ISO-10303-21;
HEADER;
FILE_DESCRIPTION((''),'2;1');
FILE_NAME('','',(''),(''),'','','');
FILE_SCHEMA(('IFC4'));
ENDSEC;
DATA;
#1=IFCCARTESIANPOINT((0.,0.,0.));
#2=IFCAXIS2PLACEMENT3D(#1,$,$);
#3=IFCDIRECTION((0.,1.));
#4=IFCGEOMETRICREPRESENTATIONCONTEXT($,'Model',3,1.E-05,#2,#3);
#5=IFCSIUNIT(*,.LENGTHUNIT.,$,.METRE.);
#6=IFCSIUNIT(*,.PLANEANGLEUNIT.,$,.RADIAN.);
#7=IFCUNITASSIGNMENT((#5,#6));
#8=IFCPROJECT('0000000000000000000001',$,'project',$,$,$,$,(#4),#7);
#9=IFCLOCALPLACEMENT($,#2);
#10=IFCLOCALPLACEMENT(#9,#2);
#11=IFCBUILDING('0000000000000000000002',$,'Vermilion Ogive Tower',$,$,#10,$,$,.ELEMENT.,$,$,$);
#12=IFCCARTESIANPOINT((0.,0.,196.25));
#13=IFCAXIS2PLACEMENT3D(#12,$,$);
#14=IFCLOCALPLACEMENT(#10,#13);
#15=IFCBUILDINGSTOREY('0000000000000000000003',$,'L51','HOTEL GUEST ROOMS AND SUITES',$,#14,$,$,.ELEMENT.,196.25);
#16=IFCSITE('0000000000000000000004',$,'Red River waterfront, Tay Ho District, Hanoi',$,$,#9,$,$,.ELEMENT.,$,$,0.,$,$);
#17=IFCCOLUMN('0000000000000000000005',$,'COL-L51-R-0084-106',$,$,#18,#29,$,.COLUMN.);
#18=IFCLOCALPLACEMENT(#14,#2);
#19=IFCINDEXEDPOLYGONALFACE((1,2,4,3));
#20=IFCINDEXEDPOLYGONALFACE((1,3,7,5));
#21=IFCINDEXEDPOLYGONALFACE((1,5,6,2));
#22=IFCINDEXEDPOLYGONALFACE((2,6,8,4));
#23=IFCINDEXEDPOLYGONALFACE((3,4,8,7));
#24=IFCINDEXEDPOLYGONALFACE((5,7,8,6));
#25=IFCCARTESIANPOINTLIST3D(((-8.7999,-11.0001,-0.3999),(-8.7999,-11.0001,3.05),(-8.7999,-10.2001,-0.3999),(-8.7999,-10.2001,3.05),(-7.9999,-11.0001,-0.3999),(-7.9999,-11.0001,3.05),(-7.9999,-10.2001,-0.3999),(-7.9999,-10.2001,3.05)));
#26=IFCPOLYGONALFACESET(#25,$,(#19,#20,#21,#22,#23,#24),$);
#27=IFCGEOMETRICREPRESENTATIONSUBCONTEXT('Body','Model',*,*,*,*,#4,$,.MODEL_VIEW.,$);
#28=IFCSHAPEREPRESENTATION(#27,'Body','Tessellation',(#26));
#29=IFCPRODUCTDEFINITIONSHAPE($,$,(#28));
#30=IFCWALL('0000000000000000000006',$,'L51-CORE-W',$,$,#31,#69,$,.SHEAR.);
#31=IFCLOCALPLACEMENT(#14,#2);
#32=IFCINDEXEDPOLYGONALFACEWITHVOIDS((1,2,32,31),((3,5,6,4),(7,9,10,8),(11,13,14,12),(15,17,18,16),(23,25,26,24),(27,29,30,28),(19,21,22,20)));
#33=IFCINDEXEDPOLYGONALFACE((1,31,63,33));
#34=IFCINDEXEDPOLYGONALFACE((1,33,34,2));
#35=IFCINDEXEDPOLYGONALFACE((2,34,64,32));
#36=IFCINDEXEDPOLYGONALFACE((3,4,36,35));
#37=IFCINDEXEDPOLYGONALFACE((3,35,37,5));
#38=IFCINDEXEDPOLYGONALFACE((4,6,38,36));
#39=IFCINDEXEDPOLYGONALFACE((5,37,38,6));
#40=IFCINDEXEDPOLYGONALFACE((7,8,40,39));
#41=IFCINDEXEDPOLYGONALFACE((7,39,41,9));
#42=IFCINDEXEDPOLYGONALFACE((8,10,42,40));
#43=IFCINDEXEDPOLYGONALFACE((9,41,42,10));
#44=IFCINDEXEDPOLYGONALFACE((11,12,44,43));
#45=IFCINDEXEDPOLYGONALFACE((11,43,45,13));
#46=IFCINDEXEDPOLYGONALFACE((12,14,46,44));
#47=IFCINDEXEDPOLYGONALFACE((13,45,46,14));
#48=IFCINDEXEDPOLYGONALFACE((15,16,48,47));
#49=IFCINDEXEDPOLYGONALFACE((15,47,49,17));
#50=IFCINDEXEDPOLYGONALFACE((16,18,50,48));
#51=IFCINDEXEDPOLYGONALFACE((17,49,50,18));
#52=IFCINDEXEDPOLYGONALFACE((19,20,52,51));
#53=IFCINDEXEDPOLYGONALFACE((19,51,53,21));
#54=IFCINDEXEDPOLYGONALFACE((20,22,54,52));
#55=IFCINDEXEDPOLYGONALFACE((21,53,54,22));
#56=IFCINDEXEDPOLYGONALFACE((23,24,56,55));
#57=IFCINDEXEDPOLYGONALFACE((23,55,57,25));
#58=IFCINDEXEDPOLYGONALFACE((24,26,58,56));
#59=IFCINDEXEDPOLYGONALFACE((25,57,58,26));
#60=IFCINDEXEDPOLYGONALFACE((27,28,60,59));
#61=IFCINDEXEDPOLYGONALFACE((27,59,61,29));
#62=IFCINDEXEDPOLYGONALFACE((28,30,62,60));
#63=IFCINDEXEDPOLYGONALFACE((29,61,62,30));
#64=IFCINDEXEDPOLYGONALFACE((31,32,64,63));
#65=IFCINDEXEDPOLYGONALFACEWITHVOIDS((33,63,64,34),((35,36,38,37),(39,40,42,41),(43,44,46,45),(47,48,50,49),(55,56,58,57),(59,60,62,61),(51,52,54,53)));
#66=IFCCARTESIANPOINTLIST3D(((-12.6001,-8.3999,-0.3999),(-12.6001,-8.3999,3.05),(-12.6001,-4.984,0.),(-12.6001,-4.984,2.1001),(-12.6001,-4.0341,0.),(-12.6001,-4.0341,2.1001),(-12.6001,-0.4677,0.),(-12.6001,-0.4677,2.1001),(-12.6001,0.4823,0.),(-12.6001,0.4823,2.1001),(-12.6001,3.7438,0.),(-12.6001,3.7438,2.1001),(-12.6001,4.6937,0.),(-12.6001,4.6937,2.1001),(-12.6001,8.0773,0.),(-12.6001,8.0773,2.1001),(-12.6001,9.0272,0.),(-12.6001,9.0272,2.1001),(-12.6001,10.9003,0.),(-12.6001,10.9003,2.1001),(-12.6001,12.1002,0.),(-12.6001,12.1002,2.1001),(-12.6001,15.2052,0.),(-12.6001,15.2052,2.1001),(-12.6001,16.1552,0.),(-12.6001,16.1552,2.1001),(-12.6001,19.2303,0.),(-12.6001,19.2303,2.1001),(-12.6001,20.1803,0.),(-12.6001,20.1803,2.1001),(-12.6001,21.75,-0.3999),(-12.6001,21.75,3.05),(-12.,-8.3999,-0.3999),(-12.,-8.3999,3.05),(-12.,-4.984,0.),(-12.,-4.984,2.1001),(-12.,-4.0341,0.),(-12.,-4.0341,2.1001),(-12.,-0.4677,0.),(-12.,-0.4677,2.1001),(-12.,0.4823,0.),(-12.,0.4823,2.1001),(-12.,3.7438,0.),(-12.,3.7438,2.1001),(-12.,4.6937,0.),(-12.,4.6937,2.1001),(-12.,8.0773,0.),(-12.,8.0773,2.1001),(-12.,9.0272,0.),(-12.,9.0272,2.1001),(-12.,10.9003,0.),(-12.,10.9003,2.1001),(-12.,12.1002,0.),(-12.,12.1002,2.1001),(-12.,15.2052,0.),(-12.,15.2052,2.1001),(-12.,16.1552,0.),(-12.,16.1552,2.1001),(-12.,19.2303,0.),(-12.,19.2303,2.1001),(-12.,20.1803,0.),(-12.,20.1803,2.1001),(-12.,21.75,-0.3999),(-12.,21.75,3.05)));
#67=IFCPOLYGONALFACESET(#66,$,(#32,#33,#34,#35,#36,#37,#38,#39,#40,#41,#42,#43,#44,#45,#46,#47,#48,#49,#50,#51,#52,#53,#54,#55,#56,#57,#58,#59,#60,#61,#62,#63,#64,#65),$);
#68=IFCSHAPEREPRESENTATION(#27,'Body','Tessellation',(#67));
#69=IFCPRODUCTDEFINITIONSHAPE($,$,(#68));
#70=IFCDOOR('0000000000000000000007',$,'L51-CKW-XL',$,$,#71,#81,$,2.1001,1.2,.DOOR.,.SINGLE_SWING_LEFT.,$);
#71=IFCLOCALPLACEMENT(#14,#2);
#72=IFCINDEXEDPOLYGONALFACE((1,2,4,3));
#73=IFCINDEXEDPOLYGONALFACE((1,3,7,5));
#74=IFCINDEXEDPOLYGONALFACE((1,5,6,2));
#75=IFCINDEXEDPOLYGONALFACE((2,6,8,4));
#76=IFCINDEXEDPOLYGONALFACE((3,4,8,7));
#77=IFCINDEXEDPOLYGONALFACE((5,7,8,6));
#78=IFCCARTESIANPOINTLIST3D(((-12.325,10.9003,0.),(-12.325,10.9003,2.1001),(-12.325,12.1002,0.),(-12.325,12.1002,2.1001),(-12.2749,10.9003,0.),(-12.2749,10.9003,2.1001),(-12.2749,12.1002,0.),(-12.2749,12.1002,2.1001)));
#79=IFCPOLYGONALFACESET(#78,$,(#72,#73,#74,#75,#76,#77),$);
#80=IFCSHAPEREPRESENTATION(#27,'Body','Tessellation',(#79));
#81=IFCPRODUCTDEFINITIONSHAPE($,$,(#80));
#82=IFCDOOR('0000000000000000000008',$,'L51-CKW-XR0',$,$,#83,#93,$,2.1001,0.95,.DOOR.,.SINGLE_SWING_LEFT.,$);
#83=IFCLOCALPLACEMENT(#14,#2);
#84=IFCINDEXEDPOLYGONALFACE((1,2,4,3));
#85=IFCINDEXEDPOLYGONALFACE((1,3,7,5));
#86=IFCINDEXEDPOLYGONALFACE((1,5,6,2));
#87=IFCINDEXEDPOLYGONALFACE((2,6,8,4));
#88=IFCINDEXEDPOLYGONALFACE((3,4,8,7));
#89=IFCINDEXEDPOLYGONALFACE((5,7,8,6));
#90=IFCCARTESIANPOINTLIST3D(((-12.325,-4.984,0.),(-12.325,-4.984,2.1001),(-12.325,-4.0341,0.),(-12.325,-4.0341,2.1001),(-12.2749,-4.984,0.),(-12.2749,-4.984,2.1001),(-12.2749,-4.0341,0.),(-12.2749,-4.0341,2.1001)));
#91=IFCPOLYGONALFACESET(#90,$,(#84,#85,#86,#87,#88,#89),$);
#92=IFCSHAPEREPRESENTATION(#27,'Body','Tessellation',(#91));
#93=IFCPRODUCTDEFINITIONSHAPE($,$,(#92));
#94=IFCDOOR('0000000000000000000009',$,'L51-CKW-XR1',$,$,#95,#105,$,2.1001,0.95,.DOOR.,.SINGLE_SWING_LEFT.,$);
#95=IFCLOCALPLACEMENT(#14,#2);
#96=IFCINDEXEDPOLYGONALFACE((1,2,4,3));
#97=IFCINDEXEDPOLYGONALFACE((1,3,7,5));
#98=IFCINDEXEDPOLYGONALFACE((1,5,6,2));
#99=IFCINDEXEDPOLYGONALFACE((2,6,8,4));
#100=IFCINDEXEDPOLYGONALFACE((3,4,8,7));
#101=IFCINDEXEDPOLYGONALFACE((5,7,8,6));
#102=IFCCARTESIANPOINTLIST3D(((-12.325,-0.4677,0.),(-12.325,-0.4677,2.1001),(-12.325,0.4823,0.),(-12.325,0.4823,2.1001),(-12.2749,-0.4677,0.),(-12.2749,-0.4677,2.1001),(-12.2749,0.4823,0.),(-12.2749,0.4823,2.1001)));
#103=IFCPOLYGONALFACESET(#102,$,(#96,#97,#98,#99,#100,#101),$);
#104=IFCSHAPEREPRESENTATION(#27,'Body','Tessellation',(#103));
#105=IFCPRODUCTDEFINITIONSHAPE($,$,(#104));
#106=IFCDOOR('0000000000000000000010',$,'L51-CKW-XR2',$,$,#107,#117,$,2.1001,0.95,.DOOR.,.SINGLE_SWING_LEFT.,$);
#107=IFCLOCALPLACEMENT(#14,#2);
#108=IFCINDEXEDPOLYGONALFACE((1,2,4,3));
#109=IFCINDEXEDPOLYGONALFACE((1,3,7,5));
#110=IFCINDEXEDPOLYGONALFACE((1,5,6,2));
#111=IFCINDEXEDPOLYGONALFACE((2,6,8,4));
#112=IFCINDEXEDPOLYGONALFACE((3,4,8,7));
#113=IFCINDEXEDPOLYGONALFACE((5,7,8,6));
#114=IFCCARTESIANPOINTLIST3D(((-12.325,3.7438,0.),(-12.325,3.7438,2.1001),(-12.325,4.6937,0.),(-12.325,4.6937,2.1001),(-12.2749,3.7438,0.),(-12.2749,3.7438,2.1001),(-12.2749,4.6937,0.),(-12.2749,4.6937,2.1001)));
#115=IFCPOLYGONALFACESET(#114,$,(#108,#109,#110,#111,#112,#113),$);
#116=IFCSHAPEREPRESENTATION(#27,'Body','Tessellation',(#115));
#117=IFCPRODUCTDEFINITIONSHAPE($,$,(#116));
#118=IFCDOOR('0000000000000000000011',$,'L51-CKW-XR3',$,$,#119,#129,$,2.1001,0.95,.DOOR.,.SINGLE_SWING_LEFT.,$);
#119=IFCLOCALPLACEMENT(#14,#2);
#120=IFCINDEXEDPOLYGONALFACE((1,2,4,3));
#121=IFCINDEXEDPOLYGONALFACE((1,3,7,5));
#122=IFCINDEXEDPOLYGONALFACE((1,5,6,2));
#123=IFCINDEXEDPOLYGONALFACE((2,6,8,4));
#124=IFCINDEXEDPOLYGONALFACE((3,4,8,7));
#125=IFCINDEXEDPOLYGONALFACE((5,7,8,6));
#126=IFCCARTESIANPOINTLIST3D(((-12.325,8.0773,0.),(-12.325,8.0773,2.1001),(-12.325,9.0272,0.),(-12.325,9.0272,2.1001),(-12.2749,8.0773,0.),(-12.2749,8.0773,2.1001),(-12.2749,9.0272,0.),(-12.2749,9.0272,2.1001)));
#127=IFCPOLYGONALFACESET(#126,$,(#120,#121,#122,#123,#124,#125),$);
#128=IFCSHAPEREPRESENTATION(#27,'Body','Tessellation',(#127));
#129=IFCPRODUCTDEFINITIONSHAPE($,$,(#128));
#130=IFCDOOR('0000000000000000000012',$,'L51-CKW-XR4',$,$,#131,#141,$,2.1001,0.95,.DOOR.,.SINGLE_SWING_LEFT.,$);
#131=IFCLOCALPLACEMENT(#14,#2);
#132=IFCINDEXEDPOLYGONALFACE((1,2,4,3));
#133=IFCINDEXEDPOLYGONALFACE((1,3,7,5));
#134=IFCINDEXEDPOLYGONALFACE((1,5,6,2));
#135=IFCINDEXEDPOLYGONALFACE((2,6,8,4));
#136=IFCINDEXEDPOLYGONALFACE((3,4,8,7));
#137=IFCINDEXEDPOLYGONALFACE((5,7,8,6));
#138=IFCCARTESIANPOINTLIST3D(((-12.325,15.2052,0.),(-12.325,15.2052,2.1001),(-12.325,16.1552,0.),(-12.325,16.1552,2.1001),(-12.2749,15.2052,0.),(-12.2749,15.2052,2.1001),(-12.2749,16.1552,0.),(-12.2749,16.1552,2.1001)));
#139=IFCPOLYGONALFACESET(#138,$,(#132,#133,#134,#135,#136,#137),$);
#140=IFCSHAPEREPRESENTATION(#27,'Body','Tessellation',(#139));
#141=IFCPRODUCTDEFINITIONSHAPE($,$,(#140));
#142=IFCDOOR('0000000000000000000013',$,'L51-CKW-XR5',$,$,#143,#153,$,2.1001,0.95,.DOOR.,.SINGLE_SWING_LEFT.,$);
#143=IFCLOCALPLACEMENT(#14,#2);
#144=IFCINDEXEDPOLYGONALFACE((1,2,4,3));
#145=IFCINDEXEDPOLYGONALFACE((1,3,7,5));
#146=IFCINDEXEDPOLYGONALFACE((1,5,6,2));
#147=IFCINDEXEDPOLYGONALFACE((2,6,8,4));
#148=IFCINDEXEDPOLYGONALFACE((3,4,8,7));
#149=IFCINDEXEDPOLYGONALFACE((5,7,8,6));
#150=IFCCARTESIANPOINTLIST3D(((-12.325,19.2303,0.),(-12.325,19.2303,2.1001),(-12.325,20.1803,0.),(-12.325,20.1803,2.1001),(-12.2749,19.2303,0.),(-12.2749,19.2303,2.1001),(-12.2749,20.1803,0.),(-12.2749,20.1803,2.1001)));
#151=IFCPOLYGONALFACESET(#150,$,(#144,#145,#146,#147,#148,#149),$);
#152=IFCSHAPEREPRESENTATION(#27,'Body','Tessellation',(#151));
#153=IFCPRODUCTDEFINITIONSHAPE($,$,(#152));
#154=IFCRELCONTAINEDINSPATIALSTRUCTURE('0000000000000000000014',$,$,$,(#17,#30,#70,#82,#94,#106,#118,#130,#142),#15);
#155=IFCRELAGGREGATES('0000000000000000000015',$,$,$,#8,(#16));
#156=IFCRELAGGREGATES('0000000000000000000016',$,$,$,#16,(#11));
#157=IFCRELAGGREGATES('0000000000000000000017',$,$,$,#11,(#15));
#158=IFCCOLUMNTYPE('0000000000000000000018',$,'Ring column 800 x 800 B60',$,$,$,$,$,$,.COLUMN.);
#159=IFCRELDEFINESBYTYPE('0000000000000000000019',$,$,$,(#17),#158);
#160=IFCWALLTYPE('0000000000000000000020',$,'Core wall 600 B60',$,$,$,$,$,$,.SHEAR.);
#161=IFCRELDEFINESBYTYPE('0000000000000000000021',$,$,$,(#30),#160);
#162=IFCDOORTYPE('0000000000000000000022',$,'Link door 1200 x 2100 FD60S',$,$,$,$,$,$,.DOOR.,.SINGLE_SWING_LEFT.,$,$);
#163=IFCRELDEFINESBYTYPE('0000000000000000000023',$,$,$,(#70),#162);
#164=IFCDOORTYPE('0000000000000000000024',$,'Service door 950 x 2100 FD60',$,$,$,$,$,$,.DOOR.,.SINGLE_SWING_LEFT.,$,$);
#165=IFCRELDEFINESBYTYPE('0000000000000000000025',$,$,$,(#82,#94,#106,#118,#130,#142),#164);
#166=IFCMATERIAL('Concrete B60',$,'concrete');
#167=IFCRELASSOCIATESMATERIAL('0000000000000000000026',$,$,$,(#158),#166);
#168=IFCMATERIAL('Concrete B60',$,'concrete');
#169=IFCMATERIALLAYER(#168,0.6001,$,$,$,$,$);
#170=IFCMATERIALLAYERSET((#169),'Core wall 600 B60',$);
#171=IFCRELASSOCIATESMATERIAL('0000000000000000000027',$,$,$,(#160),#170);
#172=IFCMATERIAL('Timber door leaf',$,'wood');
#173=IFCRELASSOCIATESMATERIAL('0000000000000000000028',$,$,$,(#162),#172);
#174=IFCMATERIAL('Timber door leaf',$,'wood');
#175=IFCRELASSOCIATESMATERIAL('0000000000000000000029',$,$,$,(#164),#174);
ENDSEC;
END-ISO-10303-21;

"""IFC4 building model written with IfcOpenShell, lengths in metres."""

from ifc_helpers import new_model, si_unit, direction, frame, frame_2d, origin, origin_2d, place, context, subcontext, project, spatial, rectangle, extrude, material, layer, layer_set, material_profile, profile_set, type_object, element, fill, save


model = new_model("IFC4")

# Units and contexts
model_context = context("Model", 3, precision=1e-05, world=origin(), true_north=direction((0.0, 1.0)))
body_context = subcontext(model_context, "Body", "Model", "MODEL_VIEW")
ifc_project = project(units=[si_unit("LENGTHUNIT", "METRE"), si_unit("PLANEANGLEUNIT", "RADIAN")], contexts=[model_context])

# Site, building, storey
site_placement = place(None, origin())
site = spatial("IfcSite", under=ifc_project, at=site_placement, Name="Red River waterfront, Tay Ho District, Hanoi", CompositionType="ELEMENT", RefElevation=0.0)
building_placement = place(site_placement, origin())
building = spatial("IfcBuilding", under=site, at=building_placement, Name="Vermilion Ogive Tower", CompositionType="ELEMENT")
storey_placement = place(building_placement, frame((0.0, 0.0, 196.25)))
storey = spatial("IfcBuildingStorey", under=building, at=storey_placement, Name="L51", Description="HOTEL GUEST ROOMS AND SUITES", CompositionType="ELEMENT", Elevation=196.25)

# Column
ifc_material_1 = material(Name="Concrete B60", Category="concrete")
ifc_material_profile = material_profile(ifc_material_1, rectangle(XDim=0.8, YDim=0.8, at=origin_2d()), Name="800 x 800")
ifc_profile_set = profile_set([ifc_material_profile], Name="Concrete B60")
column_type = type_object("IfcColumnType", Name="Ring column 800 x 800 B60", PredefinedType="COLUMN", material=ifc_profile_set)
column_placement = place(storey_placement, frame((-8.3999, -10.6001, -0.3999), z_axis=(0.0, 0.0, 1.0), x_axis=(1.0, 0.0, 0.0)))
element("IfcColumn", 1, at=column_placement, inside=storey, type_object=column_type, Name="COL-L51-R-0084-106", PredefinedType="COLUMN", context=body_context, shape_type="SweptSolid", body=[
    extrude(rectangle(XDim=0.8, YDim=0.8, at=origin_2d()), origin(), (0.0, 0.0, 1.0), 3.45),
])

# Wall, openings, doors
ifc_material_2 = material(Name="Concrete B60", Category="concrete")
ifc_layer_1 = layer(ifc_material_2, 0.6001)
ifc_layer_set_1 = layer_set([ifc_layer_1], Name="Core wall 600 B60")
wall_type_1 = type_object("IfcWallType", Name="Core wall 600 B60", PredefinedType="SHEAR", material=ifc_layer_set_1)
wall_1_placement = place(storey_placement, frame((-12.3, -8.3999, -0.3999), z_axis=(0.0, 0.0, 1.0), x_axis=(0.0, 1.0, 0.0)))
wall_1 = element("IfcWall", 2, at=wall_1_placement, inside=storey, type_object=wall_type_1, Name="L51-CORE-W", PredefinedType="SHEAR", context=body_context, shape_type="SweptSolid", body=[
    extrude(rectangle(XDim=30.1499, YDim=0.6001, at=frame_2d((15.075, 0.0))), origin(), (0.0, 0.0, 1.0), 3.45),
])
opening_1_placement = place(wall_1_placement, frame((3.4158, 0.0, 0.3999)))
opening_1 = element("IfcOpeningElement", 3, at=opening_1_placement, cuts=wall_1, PredefinedType="OPENING", context=body_context, shape_type="SweptSolid", body=[
    extrude(rectangle(XDim=0.95, YDim=2.1001, at=frame_2d((0.4751, 1.05))), frame((0.0, 0.3101, 0.0), z_axis=(0.0, -1.0, 0.0), x_axis=(1.0, 0.0, 0.0)), (0.0, 0.0, 1.0), 0.6201),
])
opening_2_placement = place(wall_1_placement, frame((7.9321, 0.0, 0.3999)))
opening_2 = element("IfcOpeningElement", 4, at=opening_2_placement, cuts=wall_1, PredefinedType="OPENING", context=body_context, shape_type="SweptSolid", body=[
    extrude(rectangle(XDim=0.95, YDim=2.1001, at=frame_2d((0.4751, 1.05))), frame((0.0, 0.3101, 0.0), z_axis=(0.0, -1.0, 0.0), x_axis=(1.0, 0.0, 0.0)), (0.0, 0.0, 1.0), 0.6201),
])
opening_3_placement = place(wall_1_placement, frame((12.1436, 0.0, 0.3999)))
opening_3 = element("IfcOpeningElement", 5, at=opening_3_placement, cuts=wall_1, PredefinedType="OPENING", context=body_context, shape_type="SweptSolid", body=[
    extrude(rectangle(XDim=0.95, YDim=2.1001, at=frame_2d((0.4751, 1.05))), frame((0.0, 0.3101, 0.0), z_axis=(0.0, -1.0, 0.0), x_axis=(1.0, 0.0, 0.0)), (0.0, 0.0, 1.0), 0.6201),
])
opening_4_placement = place(wall_1_placement, frame((16.4771, 0.0, 0.3999)))
opening_4 = element("IfcOpeningElement", 6, at=opening_4_placement, cuts=wall_1, PredefinedType="OPENING", context=body_context, shape_type="SweptSolid", body=[
    extrude(rectangle(XDim=0.95, YDim=2.1001, at=frame_2d((0.4751, 1.05))), frame((0.0, 0.3101, 0.0), z_axis=(0.0, -1.0, 0.0), x_axis=(1.0, 0.0, 0.0)), (0.0, 0.0, 1.0), 0.6201),
])
opening_5_placement = place(wall_1_placement, frame((23.605, 0.0, 0.3999)))
opening_5 = element("IfcOpeningElement", 7, at=opening_5_placement, cuts=wall_1, PredefinedType="OPENING", context=body_context, shape_type="SweptSolid", body=[
    extrude(rectangle(XDim=0.95, YDim=2.1001, at=frame_2d((0.4751, 1.05))), frame((0.0, 0.3101, 0.0), z_axis=(0.0, -1.0, 0.0), x_axis=(1.0, 0.0, 0.0)), (0.0, 0.0, 1.0), 0.6201),
])
opening_6_placement = place(wall_1_placement, frame((27.6301, 0.0, 0.3999)))
opening_6 = element("IfcOpeningElement", 8, at=opening_6_placement, cuts=wall_1, PredefinedType="OPENING", context=body_context, shape_type="SweptSolid", body=[
    extrude(rectangle(XDim=0.95, YDim=2.1001, at=frame_2d((0.4751, 1.05))), frame((0.0, 0.3101, 0.0), z_axis=(0.0, -1.0, 0.0), x_axis=(1.0, 0.0, 0.0)), (0.0, 0.0, 1.0), 0.6201),
])
opening_7_placement = place(wall_1_placement, frame((19.3, 0.0, 0.3999)))
opening_7 = element("IfcOpeningElement", 9, at=opening_7_placement, cuts=wall_1, PredefinedType="OPENING", context=body_context, shape_type="SweptSolid", body=[
    extrude(rectangle(XDim=1.2, YDim=2.1001, at=frame_2d((0.6001, 1.05))), frame((0.0, 0.3101, 0.0), z_axis=(0.0, -1.0, 0.0), x_axis=(1.0, 0.0, 0.0)), (0.0, 0.0, 1.0), 0.6201),
])
ifc_material_3 = material(Name="Timber door leaf", Category="wood")
door_type_1 = type_object("IfcDoorType", Name="Link door 1200 x 2100 FD60S", OperationType="SINGLE_SWING_LEFT", PredefinedType="DOOR", material=ifc_material_3)
door_1_placement = place(opening_7_placement, origin())
door_1 = element("IfcDoor", 10, at=door_1_placement, inside=storey, type_object=door_type_1, Name="L51-CKW-XL", OperationType="SINGLE_SWING_LEFT", OverallHeight=2.1001, OverallWidth=1.2, PredefinedType="DOOR", context=body_context, shape_type="SweptSolid", body=[
    extrude(rectangle(XDim=1.2, YDim=2.1001, at=frame_2d((0.6001, 1.05))), frame((0.0, 0.0249, 0.0), z_axis=(0.0, -1.0, 0.0), x_axis=(1.0, 0.0, 0.0)), (0.0, 0.0, 1.0), 0.05),
])
fill(opening_7, door_1)
ifc_material_4 = material(Name="Timber door leaf", Category="wood")
door_type_2 = type_object("IfcDoorType", Name="Service door 950 x 2100 FD60", OperationType="SINGLE_SWING_LEFT", PredefinedType="DOOR", material=ifc_material_4)
door_2_placement = place(opening_1_placement, origin())
door_2 = element("IfcDoor", 11, at=door_2_placement, inside=storey, type_object=door_type_2, Name="L51-CKW-XR0", OperationType="SINGLE_SWING_LEFT", OverallHeight=2.1001, OverallWidth=0.95, PredefinedType="DOOR", context=body_context, shape_type="SweptSolid", body=[
    extrude(rectangle(XDim=0.95, YDim=2.1001, at=frame_2d((0.4751, 1.05))), frame((0.0, 0.0249, 0.0), z_axis=(0.0, -1.0, 0.0), x_axis=(1.0, 0.0, 0.0)), (0.0, 0.0, 1.0), 0.05),
])
fill(opening_1, door_2)
door_3_placement = place(opening_2_placement, origin())
door_3 = element("IfcDoor", 12, at=door_3_placement, inside=storey, type_object=door_type_2, Name="L51-CKW-XR1", OperationType="SINGLE_SWING_LEFT", OverallHeight=2.1001, OverallWidth=0.95, PredefinedType="DOOR", context=body_context, shape_type="SweptSolid", body=[
    extrude(rectangle(XDim=0.95, YDim=2.1001, at=frame_2d((0.4751, 1.05))), frame((0.0, 0.0249, 0.0), z_axis=(0.0, -1.0, 0.0), x_axis=(1.0, 0.0, 0.0)), (0.0, 0.0, 1.0), 0.05),
])
fill(opening_2, door_3)
door_4_placement = place(opening_3_placement, origin())
door_4 = element("IfcDoor", 13, at=door_4_placement, inside=storey, type_object=door_type_2, Name="L51-CKW-XR2", OperationType="SINGLE_SWING_LEFT", OverallHeight=2.1001, OverallWidth=0.95, PredefinedType="DOOR", context=body_context, shape_type="SweptSolid", body=[
    extrude(rectangle(XDim=0.95, YDim=2.1001, at=frame_2d((0.4751, 1.05))), frame((0.0, 0.0249, 0.0), z_axis=(0.0, -1.0, 0.0), x_axis=(1.0, 0.0, 0.0)), (0.0, 0.0, 1.0), 0.05),
])
fill(opening_3, door_4)
door_5_placement = place(opening_4_placement, origin())
door_5 = element("IfcDoor", 14, at=door_5_placement, inside=storey, type_object=door_type_2, Name="L51-CKW-XR3", OperationType="SINGLE_SWING_LEFT", OverallHeight=2.1001, OverallWidth=0.95, PredefinedType="DOOR", context=body_context, shape_type="SweptSolid", body=[
    extrude(rectangle(XDim=0.95, YDim=2.1001, at=frame_2d((0.4751, 1.05))), frame((0.0, 0.0249, 0.0), z_axis=(0.0, -1.0, 0.0), x_axis=(1.0, 0.0, 0.0)), (0.0, 0.0, 1.0), 0.05),
])
fill(opening_4, door_5)
door_6_placement = place(opening_5_placement, origin())
door_6 = element("IfcDoor", 15, at=door_6_placement, inside=storey, type_object=door_type_2, Name="L51-CKW-XR4", OperationType="SINGLE_SWING_LEFT", OverallHeight=2.1001, OverallWidth=0.95, PredefinedType="DOOR", context=body_context, shape_type="SweptSolid", body=[
    extrude(rectangle(XDim=0.95, YDim=2.1001, at=frame_2d((0.4751, 1.05))), frame((0.0, 0.0249, 0.0), z_axis=(0.0, -1.0, 0.0), x_axis=(1.0, 0.0, 0.0)), (0.0, 0.0, 1.0), 0.05),
])
fill(opening_5, door_6)
door_7_placement = place(opening_6_placement, origin())
door_7 = element("IfcDoor", 16, at=door_7_placement, inside=storey, type_object=door_type_2, Name="L51-CKW-XR5", OperationType="SINGLE_SWING_LEFT", OverallHeight=2.1001, OverallWidth=0.95, PredefinedType="DOOR", context=body_context, shape_type="SweptSolid", body=[
    extrude(rectangle(XDim=0.95, YDim=2.1001, at=frame_2d((0.4751, 1.05))), frame((0.0, 0.0249, 0.0), z_axis=(0.0, -1.0, 0.0), x_axis=(1.0, 0.0, 0.0)), (0.0, 0.0, 1.0), 0.05),
])
fill(opening_6, door_7)

save(model, "model.ifc")
